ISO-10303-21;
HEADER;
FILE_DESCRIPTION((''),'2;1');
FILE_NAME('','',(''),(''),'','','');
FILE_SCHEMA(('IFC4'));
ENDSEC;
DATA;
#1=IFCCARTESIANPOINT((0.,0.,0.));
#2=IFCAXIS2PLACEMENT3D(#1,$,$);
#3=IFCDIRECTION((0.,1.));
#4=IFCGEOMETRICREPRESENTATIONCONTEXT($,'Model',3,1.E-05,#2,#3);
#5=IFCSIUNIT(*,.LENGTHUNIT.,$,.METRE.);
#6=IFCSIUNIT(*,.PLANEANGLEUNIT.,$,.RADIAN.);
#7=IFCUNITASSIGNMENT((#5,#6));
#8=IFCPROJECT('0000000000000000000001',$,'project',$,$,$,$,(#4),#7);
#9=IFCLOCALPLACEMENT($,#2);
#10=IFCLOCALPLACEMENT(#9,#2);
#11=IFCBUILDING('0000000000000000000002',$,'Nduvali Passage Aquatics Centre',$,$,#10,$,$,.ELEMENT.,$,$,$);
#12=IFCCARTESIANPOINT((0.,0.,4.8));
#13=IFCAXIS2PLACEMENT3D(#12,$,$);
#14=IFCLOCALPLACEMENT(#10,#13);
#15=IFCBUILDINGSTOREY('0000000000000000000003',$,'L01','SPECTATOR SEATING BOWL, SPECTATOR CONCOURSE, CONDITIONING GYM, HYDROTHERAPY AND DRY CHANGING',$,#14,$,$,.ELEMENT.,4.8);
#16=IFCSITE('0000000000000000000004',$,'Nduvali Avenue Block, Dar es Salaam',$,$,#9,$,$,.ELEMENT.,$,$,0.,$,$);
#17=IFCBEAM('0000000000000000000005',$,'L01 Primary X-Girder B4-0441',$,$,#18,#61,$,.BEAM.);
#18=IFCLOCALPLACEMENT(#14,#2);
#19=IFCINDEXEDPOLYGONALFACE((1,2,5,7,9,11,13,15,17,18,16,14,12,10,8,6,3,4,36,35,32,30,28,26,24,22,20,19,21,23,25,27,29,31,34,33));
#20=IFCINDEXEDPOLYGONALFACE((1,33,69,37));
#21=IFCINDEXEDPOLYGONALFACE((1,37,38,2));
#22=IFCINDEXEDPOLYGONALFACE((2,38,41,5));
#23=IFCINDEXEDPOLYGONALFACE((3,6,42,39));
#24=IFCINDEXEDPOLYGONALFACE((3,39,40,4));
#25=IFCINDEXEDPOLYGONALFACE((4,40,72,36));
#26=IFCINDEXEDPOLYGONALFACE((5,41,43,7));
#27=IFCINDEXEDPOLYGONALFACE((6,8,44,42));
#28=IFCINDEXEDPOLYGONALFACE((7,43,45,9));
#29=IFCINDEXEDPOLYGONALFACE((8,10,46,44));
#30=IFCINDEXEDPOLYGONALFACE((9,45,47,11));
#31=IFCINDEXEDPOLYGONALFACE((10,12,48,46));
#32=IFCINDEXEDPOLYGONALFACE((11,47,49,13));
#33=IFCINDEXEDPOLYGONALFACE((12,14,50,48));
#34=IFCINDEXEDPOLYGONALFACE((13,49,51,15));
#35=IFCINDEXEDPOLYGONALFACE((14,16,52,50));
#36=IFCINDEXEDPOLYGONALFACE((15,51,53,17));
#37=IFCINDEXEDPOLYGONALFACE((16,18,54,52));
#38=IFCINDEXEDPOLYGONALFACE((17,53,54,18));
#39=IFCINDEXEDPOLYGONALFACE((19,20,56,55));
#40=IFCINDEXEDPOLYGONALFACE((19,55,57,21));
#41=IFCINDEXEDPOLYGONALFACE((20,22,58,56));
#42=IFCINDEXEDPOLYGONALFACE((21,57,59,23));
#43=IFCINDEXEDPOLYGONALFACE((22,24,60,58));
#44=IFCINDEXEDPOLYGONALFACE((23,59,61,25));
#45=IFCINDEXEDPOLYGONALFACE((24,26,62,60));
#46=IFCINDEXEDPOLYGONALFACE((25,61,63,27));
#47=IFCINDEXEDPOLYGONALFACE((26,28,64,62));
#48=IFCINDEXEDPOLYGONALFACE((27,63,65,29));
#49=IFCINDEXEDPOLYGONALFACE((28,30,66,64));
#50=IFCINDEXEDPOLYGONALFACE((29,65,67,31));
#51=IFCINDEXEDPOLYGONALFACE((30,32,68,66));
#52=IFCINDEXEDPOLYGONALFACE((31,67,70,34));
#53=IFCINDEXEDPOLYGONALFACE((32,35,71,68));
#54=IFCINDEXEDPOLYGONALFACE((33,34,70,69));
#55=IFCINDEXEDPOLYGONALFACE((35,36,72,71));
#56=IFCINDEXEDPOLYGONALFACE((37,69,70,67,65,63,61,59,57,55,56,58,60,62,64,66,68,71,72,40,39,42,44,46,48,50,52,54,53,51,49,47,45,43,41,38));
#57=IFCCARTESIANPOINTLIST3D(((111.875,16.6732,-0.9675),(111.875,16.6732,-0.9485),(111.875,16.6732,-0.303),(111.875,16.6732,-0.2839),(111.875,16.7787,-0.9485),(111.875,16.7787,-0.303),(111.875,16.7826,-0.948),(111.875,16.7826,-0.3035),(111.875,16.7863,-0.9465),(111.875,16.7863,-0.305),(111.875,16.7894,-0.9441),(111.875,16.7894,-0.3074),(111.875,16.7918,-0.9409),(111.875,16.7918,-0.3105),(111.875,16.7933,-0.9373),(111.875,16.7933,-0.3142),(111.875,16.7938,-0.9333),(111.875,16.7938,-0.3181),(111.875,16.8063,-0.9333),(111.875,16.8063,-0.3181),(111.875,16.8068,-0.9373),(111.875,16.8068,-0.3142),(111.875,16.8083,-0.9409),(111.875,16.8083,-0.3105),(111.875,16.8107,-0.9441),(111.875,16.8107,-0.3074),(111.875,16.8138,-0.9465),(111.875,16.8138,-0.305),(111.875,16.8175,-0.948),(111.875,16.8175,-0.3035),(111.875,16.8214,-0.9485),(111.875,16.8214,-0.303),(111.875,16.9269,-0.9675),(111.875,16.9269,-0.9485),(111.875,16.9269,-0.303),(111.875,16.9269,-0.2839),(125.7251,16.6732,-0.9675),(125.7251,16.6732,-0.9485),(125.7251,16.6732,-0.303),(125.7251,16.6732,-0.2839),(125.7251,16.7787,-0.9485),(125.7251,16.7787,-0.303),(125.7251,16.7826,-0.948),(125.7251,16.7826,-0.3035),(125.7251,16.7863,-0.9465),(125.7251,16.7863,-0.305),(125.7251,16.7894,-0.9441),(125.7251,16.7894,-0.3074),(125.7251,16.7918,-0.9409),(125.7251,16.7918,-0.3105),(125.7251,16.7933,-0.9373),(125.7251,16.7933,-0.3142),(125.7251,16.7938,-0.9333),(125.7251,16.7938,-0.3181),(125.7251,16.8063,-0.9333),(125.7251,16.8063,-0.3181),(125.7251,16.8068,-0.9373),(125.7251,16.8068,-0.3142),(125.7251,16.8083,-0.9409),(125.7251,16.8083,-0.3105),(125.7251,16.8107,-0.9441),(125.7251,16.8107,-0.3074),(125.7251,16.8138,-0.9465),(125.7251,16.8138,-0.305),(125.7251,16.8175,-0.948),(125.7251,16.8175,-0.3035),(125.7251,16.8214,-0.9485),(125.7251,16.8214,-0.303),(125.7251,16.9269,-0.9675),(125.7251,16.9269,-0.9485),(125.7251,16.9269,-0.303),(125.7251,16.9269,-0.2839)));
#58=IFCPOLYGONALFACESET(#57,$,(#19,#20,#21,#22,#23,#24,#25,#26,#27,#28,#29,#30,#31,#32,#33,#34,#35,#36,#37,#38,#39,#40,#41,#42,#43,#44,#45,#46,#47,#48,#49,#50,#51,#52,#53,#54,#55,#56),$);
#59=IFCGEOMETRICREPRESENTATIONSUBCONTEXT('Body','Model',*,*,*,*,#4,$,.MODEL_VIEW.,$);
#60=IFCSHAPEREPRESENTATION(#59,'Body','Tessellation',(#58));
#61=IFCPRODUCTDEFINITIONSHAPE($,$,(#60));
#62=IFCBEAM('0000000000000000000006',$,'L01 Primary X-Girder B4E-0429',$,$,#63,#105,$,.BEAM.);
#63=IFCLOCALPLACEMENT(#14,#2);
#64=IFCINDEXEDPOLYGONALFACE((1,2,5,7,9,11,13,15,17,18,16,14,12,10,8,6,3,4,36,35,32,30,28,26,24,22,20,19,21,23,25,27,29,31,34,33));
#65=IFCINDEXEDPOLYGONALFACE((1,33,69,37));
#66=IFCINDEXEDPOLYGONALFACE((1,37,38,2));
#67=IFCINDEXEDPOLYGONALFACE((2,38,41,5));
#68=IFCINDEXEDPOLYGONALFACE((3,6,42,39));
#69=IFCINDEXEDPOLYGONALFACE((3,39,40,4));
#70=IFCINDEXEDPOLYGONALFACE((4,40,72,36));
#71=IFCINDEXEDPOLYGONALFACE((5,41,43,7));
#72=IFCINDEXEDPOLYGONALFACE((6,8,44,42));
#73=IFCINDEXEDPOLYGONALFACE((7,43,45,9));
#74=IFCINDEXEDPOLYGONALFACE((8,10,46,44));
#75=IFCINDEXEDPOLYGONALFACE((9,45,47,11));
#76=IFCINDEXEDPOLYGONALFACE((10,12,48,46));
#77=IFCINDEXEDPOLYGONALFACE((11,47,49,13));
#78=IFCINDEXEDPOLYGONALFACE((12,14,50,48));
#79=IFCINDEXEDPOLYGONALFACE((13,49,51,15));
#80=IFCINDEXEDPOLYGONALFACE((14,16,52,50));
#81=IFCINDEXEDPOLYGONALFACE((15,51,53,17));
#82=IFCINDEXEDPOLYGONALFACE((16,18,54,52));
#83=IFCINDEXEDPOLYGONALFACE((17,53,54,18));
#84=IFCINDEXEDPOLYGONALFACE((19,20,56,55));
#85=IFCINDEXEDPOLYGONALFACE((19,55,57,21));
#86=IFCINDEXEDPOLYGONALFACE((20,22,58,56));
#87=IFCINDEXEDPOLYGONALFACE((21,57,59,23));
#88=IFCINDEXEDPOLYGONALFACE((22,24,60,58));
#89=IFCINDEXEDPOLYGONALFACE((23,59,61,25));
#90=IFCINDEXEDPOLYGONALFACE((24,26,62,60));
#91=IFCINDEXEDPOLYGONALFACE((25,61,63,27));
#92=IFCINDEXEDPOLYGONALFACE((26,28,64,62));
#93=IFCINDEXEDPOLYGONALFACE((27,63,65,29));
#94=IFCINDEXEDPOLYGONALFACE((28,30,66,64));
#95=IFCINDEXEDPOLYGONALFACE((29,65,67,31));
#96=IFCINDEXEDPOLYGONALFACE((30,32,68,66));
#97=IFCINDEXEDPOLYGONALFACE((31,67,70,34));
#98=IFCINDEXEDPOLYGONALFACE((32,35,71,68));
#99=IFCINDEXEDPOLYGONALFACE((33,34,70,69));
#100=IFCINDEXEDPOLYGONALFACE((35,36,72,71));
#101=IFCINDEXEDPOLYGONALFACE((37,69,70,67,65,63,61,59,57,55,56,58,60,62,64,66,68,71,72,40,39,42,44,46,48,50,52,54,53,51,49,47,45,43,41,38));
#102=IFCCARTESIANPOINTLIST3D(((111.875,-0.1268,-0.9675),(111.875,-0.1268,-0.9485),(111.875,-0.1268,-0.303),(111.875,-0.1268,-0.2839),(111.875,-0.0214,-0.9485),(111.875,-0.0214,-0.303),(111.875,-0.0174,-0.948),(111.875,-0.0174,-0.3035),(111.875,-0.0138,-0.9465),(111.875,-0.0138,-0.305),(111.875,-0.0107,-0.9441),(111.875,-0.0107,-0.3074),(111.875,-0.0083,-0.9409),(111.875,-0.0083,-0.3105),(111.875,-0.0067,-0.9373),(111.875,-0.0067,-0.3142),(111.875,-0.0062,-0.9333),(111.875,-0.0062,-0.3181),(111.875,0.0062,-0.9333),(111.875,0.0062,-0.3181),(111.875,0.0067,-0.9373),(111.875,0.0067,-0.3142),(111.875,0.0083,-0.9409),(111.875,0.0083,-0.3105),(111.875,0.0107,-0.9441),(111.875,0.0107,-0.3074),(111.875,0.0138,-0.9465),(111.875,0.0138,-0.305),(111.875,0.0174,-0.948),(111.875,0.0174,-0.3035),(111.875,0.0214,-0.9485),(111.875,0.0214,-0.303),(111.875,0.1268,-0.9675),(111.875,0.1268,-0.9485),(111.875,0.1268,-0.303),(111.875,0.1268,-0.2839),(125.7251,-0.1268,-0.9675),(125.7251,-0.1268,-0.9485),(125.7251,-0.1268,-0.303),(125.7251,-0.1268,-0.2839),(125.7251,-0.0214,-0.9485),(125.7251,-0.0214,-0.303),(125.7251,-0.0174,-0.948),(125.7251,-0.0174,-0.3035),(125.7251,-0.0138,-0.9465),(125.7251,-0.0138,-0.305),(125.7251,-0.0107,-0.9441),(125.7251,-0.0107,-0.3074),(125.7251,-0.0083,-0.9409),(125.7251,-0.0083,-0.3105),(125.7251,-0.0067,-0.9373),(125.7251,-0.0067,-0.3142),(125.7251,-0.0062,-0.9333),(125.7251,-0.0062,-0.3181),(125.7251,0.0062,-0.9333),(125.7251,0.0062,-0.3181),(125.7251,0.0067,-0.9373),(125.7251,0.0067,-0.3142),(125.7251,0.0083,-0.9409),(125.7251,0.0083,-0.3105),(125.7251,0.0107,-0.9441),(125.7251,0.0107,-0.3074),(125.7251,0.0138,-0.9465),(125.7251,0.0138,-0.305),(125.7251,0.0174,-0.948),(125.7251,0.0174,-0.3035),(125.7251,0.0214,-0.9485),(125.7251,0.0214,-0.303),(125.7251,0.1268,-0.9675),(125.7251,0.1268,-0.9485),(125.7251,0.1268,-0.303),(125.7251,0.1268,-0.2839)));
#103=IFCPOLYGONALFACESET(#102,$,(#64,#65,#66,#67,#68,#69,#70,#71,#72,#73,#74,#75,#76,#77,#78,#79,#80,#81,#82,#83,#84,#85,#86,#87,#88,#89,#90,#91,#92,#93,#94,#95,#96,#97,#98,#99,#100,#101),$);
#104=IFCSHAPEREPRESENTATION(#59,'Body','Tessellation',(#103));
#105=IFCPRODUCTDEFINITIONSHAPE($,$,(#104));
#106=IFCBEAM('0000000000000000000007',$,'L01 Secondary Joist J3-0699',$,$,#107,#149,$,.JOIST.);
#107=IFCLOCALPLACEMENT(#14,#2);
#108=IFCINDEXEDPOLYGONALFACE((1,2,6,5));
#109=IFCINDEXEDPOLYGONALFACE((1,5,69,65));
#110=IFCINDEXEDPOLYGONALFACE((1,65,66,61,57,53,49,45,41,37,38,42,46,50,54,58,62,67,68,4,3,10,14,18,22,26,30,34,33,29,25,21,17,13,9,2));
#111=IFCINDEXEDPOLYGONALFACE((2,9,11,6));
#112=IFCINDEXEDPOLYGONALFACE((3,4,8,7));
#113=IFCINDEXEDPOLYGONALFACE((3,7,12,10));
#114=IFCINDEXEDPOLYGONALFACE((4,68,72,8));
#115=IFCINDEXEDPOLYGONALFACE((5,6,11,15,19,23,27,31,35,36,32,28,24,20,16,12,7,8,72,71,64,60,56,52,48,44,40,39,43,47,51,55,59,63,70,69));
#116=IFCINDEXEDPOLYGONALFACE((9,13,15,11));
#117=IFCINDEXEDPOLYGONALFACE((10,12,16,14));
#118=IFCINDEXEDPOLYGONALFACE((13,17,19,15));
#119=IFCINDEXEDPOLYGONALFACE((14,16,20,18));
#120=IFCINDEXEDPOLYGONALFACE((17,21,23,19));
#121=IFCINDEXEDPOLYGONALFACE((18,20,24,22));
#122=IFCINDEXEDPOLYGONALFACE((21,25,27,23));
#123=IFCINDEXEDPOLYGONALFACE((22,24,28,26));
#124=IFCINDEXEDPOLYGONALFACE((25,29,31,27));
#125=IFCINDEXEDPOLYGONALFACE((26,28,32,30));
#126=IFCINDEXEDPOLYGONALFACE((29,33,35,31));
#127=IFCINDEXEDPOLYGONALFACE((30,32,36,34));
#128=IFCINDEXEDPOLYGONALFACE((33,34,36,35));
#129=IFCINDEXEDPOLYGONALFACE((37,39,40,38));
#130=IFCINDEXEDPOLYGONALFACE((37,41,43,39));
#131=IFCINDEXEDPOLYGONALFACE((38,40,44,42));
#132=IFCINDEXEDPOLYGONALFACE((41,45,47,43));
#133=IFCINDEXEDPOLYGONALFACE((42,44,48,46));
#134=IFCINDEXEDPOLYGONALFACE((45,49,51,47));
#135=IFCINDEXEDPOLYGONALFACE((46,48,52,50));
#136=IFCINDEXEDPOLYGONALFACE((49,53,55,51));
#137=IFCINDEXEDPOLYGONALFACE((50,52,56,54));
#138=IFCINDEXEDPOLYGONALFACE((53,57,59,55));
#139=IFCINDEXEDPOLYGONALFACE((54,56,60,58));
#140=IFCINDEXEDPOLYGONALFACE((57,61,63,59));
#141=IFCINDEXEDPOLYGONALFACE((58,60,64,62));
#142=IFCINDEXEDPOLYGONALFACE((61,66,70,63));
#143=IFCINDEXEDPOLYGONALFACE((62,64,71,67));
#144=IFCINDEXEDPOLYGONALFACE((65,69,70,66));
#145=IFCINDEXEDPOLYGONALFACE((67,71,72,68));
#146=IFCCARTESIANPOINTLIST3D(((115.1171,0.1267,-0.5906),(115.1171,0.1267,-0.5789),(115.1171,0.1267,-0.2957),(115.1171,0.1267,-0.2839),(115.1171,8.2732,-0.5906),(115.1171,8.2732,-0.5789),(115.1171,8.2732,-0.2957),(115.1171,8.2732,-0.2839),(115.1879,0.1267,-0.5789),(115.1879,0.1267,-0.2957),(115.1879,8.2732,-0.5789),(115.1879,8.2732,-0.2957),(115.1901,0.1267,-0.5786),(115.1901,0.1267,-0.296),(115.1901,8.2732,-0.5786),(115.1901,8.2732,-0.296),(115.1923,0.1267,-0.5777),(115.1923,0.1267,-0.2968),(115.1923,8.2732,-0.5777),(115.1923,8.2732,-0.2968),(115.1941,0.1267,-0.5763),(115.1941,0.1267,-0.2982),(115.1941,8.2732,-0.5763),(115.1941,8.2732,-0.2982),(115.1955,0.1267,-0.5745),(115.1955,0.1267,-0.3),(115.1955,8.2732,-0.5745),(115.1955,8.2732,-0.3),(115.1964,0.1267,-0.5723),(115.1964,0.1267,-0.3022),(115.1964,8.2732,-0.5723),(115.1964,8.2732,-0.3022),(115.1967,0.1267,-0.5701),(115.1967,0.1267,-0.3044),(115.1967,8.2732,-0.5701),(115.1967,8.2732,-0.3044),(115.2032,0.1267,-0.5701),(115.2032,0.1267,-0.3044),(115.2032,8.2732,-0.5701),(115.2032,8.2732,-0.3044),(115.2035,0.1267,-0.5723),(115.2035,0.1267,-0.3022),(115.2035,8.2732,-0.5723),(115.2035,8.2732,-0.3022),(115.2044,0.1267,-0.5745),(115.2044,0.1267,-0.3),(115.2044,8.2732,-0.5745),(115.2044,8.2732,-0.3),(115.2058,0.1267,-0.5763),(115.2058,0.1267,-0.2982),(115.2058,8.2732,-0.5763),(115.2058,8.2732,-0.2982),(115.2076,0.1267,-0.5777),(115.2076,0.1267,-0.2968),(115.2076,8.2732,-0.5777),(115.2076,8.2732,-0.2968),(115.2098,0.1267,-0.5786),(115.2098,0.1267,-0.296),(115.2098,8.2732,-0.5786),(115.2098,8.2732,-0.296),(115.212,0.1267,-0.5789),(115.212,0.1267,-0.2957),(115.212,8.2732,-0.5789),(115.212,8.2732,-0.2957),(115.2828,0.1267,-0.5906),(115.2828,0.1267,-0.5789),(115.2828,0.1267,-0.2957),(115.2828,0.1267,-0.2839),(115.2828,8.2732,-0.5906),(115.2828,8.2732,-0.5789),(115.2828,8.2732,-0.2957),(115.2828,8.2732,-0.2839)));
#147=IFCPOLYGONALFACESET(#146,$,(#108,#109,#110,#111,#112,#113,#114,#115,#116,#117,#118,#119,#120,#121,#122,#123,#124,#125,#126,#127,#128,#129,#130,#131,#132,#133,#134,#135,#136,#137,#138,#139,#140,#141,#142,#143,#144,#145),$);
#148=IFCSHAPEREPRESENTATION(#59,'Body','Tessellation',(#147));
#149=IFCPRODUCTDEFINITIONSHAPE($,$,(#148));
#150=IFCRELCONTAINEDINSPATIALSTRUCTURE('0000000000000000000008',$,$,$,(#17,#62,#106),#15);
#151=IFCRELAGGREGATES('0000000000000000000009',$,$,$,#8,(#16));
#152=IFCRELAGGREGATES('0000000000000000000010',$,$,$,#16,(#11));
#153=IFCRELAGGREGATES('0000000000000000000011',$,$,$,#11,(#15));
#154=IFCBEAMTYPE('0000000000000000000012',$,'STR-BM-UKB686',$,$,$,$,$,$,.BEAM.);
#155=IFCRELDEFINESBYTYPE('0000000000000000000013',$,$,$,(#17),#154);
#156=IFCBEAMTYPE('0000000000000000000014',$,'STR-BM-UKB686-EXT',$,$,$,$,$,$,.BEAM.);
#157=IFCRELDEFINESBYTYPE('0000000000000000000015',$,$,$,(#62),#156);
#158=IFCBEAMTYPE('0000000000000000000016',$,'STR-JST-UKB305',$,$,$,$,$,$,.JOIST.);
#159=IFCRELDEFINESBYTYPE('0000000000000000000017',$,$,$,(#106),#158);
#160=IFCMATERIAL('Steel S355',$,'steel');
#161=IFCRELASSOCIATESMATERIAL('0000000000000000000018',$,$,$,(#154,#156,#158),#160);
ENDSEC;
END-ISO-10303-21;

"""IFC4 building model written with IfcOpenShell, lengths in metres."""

from ifc_helpers import new_model, si_unit, direction, frame, origin, origin_2d, place, context, subcontext, project, spatial, i_section, extrude, material, material_profile, profile_set, type_object, element, save


model = new_model("IFC4")

# Units and contexts
model_context = context("Model", 3, precision=1e-05, world=origin(), true_north=direction((0.0, 1.0)))
body_context = subcontext(model_context, "Body", "Model", "MODEL_VIEW")
ifc_project = project(units=[si_unit("LENGTHUNIT", "METRE"), si_unit("PLANEANGLEUNIT", "RADIAN")], contexts=[model_context])

# Site, building, storey
site_placement = place(None, origin())
site = spatial("IfcSite", under=ifc_project, at=site_placement, Name="Nduvali Avenue Block, Dar es Salaam", CompositionType="ELEMENT", RefElevation=0.0)
building_placement = place(site_placement, origin())
building = spatial("IfcBuilding", under=site, at=building_placement, Name="Nduvali Passage Aquatics Centre", CompositionType="ELEMENT")
storey_placement = place(building_placement, frame((0.0, 0.0, 4.8)))
storey = spatial("IfcBuildingStorey", under=building, at=storey_placement, Name="L01", Description="SPECTATOR SEATING BOWL, SPECTATOR CONCOURSE, CONDITIONING GYM, HYDROTHERAPY AND DRY CHANGING", CompositionType="ELEMENT", Elevation=4.8)

# Shared definitions
ifc_material_1 = material(Name="Steel S355", Category="steel")

# Beams
ifc_material_profile_1 = material_profile(ifc_material_1, i_section(OverallWidth=0.2537, OverallDepth=0.6836, WebThickness=0.0125, FlangeThickness=0.019, FilletRadius=0.0151, at=origin_2d()), Name="UKB 686x254x140")
ifc_profile_set_1 = profile_set([ifc_material_profile_1], Name="Steel S355")
beam_type_1 = type_object("IfcBeamType", Name="STR-BM-UKB686", PredefinedType="BEAM", material=ifc_profile_set_1)
for number, where, z_axis, x_axis, name in (
    (1, (111.875, 16.8, -0.6257), (1.0, 0.0, 0.0), (0.0, 1.0, 0.0), "L01 Primary X-Girder B4-0441"),
):
    element("IfcBeam", number, at=place(storey_placement, frame(where, z_axis=z_axis, x_axis=x_axis)), inside=storey, type_object=beam_type_1, Name=name, PredefinedType="BEAM", context=body_context, shape_type="SweptSolid", body=[
        extrude(i_section(OverallWidth=0.2537, OverallDepth=0.6836, WebThickness=0.0125, FlangeThickness=0.019, FilletRadius=0.0151, at=origin_2d()), origin(), (0.0, 0.0, 1.0), 13.8501),
    ])
ifc_material_profile_2 = material_profile(ifc_material_1, i_section(OverallWidth=0.2537, OverallDepth=0.6836, WebThickness=0.0125, FlangeThickness=0.019, FilletRadius=0.0151, at=origin_2d()), Name="UKB 686x254x140")
ifc_profile_set_2 = profile_set([ifc_material_profile_2], Name="Steel S355")
beam_type_2 = type_object("IfcBeamType", Name="STR-BM-UKB686-EXT", PredefinedType="BEAM", material=ifc_profile_set_2)
beam_1_placement = place(storey_placement, frame((111.875, 0.0, -0.6257), z_axis=(1.0, 0.0, 0.0), x_axis=(0.0, 1.0, 0.0)))
element("IfcBeam", 2, at=beam_1_placement, inside=storey, type_object=beam_type_2, Name="L01 Primary X-Girder B4E-0429", PredefinedType="BEAM", context=body_context, shape_type="SweptSolid", body=[
    extrude(i_section(OverallWidth=0.2537, OverallDepth=0.6836, WebThickness=0.0125, FlangeThickness=0.019, FilletRadius=0.0151, at=origin_2d()), origin(), (0.0, 0.0, 1.0), 13.8501),
])
ifc_material_profile_3 = material_profile(ifc_material_1, i_section(OverallWidth=0.1658, OverallDepth=0.3066, WebThickness=0.0066, FlangeThickness=0.0117, FilletRadius=0.0088, at=origin_2d()), Name="UKB 305x165x46")
ifc_profile_set_3 = profile_set([ifc_material_profile_3], Name="Steel S355")
beam_type_3 = type_object("IfcBeamType", Name="STR-JST-UKB305", PredefinedType="JOIST", material=ifc_profile_set_3)
beam_2_placement = place(storey_placement, frame((115.2, 0.1267, -0.4373), z_axis=(0.0, 1.0, 0.0), x_axis=(-1.0, 0.0, 0.0)))
element("IfcBeam", 3, at=beam_2_placement, inside=storey, type_object=beam_type_3, Name="L01 Secondary Joist J3-0699", PredefinedType="JOIST", context=body_context, shape_type="SweptSolid", body=[
    extrude(i_section(OverallWidth=0.1658, OverallDepth=0.3066, WebThickness=0.0066, FlangeThickness=0.0117, FilletRadius=0.0088, at=origin_2d()), origin(), (0.0, 0.0, 1.0), 8.1465),
])

save(model, "model.ifc")
